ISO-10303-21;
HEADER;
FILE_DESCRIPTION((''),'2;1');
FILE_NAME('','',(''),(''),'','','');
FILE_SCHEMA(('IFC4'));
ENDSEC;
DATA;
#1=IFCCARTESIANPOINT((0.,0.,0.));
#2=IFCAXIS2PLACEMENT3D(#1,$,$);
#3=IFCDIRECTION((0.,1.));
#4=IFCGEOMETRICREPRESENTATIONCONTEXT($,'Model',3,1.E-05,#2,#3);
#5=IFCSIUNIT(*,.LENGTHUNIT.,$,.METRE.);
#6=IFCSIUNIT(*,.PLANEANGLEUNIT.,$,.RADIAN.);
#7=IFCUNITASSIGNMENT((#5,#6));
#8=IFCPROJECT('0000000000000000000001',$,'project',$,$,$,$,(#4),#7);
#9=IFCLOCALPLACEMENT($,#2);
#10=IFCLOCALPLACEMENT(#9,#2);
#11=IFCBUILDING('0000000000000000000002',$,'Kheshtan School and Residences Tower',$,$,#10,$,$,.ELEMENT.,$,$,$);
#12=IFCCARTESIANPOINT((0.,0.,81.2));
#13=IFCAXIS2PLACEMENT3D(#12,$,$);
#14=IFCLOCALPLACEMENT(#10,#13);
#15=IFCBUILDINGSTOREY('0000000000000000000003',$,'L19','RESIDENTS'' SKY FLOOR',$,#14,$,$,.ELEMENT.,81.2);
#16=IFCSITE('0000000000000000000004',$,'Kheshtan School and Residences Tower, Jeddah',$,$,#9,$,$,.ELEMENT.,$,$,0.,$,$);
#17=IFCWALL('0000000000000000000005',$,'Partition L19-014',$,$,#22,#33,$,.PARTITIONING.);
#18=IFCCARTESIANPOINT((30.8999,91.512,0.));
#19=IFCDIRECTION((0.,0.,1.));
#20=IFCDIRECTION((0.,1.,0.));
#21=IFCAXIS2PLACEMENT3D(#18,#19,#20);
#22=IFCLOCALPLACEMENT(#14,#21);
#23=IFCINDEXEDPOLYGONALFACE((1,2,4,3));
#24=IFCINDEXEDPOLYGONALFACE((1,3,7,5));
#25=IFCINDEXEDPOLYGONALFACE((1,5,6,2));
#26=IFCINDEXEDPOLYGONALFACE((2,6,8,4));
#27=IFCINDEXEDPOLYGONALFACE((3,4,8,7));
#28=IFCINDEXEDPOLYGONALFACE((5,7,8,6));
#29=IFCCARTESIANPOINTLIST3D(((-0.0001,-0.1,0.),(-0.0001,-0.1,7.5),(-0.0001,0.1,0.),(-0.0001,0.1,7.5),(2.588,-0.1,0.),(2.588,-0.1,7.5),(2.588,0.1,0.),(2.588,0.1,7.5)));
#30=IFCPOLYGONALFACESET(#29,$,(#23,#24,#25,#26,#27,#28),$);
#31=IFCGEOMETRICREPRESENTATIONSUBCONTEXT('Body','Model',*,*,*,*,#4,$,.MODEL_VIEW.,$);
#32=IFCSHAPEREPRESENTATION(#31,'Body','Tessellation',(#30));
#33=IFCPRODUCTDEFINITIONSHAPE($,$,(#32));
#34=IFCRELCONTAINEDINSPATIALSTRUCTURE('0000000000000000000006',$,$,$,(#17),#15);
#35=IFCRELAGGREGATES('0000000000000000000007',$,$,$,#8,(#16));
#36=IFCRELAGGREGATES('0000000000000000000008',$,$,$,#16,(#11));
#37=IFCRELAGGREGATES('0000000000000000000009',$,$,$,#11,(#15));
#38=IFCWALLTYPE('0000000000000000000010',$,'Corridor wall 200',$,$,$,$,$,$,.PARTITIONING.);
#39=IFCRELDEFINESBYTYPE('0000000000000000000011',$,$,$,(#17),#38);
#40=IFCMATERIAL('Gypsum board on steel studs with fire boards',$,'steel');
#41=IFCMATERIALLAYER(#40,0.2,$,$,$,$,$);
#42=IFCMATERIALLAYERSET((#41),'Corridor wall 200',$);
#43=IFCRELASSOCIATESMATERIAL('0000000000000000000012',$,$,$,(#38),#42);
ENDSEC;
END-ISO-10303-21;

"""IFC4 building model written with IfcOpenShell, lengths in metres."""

from ifc_helpers import new_model, si_unit, direction, frame, frame_2d, origin, place, context, subcontext, project, spatial, rectangle, extrude, material, layer, layer_set, type_object, element, save


model = new_model("IFC4")

# Units and contexts
model_context = context("Model", 3, precision=1e-05, world=origin(), true_north=direction((0.0, 1.0)))
body_context = subcontext(model_context, "Body", "Model", "MODEL_VIEW")
ifc_project = project(units=[si_unit("LENGTHUNIT", "METRE"), si_unit("PLANEANGLEUNIT", "RADIAN")], contexts=[model_context])

# Site, building, storey
site_placement = place(None, origin())
site = spatial("IfcSite", under=ifc_project, at=site_placement, Name="Kheshtan School and Residences Tower, Jeddah", CompositionType="ELEMENT", RefElevation=0.0)
building_placement = place(site_placement, origin())
building = spatial("IfcBuilding", under=site, at=building_placement, Name="Kheshtan School and Residences Tower", CompositionType="ELEMENT")
storey_placement = place(building_placement, frame((0.0, 0.0, 81.2)))
storey = spatial("IfcBuildingStorey", under=building, at=storey_placement, Name="L19", Description="RESIDENTS' SKY FLOOR", CompositionType="ELEMENT", Elevation=81.2)

# Wall
ifc_material_1 = material(Name="Gypsum board on steel studs with fire boards", Category="steel")
ifc_layer_1 = layer(ifc_material_1, 0.2)
ifc_layer_set_1 = layer_set([ifc_layer_1], Name="Corridor wall 200")
wall_type = type_object("IfcWallType", Name="Corridor wall 200", PredefinedType="PARTITIONING", material=ifc_layer_set_1)
wall_1_placement = place(storey_placement, frame((30.8999, 91.512, 0.0), z_axis=(0.0, 0.0, 1.0), x_axis=(0.0, 1.0, 0.0)))
element("IfcWall", 1, at=wall_1_placement, inside=storey, type_object=wall_type, Name="Partition L19-014", PredefinedType="PARTITIONING", context=body_context, shape_type="SweptSolid", body=[
    extrude(rectangle(XDim=2.5881, YDim=0.2, at=frame_2d((1.2939, 0.0))), origin(), (0.0, 0.0, 1.0), 7.5),
])

save(model, "model.ifc")
